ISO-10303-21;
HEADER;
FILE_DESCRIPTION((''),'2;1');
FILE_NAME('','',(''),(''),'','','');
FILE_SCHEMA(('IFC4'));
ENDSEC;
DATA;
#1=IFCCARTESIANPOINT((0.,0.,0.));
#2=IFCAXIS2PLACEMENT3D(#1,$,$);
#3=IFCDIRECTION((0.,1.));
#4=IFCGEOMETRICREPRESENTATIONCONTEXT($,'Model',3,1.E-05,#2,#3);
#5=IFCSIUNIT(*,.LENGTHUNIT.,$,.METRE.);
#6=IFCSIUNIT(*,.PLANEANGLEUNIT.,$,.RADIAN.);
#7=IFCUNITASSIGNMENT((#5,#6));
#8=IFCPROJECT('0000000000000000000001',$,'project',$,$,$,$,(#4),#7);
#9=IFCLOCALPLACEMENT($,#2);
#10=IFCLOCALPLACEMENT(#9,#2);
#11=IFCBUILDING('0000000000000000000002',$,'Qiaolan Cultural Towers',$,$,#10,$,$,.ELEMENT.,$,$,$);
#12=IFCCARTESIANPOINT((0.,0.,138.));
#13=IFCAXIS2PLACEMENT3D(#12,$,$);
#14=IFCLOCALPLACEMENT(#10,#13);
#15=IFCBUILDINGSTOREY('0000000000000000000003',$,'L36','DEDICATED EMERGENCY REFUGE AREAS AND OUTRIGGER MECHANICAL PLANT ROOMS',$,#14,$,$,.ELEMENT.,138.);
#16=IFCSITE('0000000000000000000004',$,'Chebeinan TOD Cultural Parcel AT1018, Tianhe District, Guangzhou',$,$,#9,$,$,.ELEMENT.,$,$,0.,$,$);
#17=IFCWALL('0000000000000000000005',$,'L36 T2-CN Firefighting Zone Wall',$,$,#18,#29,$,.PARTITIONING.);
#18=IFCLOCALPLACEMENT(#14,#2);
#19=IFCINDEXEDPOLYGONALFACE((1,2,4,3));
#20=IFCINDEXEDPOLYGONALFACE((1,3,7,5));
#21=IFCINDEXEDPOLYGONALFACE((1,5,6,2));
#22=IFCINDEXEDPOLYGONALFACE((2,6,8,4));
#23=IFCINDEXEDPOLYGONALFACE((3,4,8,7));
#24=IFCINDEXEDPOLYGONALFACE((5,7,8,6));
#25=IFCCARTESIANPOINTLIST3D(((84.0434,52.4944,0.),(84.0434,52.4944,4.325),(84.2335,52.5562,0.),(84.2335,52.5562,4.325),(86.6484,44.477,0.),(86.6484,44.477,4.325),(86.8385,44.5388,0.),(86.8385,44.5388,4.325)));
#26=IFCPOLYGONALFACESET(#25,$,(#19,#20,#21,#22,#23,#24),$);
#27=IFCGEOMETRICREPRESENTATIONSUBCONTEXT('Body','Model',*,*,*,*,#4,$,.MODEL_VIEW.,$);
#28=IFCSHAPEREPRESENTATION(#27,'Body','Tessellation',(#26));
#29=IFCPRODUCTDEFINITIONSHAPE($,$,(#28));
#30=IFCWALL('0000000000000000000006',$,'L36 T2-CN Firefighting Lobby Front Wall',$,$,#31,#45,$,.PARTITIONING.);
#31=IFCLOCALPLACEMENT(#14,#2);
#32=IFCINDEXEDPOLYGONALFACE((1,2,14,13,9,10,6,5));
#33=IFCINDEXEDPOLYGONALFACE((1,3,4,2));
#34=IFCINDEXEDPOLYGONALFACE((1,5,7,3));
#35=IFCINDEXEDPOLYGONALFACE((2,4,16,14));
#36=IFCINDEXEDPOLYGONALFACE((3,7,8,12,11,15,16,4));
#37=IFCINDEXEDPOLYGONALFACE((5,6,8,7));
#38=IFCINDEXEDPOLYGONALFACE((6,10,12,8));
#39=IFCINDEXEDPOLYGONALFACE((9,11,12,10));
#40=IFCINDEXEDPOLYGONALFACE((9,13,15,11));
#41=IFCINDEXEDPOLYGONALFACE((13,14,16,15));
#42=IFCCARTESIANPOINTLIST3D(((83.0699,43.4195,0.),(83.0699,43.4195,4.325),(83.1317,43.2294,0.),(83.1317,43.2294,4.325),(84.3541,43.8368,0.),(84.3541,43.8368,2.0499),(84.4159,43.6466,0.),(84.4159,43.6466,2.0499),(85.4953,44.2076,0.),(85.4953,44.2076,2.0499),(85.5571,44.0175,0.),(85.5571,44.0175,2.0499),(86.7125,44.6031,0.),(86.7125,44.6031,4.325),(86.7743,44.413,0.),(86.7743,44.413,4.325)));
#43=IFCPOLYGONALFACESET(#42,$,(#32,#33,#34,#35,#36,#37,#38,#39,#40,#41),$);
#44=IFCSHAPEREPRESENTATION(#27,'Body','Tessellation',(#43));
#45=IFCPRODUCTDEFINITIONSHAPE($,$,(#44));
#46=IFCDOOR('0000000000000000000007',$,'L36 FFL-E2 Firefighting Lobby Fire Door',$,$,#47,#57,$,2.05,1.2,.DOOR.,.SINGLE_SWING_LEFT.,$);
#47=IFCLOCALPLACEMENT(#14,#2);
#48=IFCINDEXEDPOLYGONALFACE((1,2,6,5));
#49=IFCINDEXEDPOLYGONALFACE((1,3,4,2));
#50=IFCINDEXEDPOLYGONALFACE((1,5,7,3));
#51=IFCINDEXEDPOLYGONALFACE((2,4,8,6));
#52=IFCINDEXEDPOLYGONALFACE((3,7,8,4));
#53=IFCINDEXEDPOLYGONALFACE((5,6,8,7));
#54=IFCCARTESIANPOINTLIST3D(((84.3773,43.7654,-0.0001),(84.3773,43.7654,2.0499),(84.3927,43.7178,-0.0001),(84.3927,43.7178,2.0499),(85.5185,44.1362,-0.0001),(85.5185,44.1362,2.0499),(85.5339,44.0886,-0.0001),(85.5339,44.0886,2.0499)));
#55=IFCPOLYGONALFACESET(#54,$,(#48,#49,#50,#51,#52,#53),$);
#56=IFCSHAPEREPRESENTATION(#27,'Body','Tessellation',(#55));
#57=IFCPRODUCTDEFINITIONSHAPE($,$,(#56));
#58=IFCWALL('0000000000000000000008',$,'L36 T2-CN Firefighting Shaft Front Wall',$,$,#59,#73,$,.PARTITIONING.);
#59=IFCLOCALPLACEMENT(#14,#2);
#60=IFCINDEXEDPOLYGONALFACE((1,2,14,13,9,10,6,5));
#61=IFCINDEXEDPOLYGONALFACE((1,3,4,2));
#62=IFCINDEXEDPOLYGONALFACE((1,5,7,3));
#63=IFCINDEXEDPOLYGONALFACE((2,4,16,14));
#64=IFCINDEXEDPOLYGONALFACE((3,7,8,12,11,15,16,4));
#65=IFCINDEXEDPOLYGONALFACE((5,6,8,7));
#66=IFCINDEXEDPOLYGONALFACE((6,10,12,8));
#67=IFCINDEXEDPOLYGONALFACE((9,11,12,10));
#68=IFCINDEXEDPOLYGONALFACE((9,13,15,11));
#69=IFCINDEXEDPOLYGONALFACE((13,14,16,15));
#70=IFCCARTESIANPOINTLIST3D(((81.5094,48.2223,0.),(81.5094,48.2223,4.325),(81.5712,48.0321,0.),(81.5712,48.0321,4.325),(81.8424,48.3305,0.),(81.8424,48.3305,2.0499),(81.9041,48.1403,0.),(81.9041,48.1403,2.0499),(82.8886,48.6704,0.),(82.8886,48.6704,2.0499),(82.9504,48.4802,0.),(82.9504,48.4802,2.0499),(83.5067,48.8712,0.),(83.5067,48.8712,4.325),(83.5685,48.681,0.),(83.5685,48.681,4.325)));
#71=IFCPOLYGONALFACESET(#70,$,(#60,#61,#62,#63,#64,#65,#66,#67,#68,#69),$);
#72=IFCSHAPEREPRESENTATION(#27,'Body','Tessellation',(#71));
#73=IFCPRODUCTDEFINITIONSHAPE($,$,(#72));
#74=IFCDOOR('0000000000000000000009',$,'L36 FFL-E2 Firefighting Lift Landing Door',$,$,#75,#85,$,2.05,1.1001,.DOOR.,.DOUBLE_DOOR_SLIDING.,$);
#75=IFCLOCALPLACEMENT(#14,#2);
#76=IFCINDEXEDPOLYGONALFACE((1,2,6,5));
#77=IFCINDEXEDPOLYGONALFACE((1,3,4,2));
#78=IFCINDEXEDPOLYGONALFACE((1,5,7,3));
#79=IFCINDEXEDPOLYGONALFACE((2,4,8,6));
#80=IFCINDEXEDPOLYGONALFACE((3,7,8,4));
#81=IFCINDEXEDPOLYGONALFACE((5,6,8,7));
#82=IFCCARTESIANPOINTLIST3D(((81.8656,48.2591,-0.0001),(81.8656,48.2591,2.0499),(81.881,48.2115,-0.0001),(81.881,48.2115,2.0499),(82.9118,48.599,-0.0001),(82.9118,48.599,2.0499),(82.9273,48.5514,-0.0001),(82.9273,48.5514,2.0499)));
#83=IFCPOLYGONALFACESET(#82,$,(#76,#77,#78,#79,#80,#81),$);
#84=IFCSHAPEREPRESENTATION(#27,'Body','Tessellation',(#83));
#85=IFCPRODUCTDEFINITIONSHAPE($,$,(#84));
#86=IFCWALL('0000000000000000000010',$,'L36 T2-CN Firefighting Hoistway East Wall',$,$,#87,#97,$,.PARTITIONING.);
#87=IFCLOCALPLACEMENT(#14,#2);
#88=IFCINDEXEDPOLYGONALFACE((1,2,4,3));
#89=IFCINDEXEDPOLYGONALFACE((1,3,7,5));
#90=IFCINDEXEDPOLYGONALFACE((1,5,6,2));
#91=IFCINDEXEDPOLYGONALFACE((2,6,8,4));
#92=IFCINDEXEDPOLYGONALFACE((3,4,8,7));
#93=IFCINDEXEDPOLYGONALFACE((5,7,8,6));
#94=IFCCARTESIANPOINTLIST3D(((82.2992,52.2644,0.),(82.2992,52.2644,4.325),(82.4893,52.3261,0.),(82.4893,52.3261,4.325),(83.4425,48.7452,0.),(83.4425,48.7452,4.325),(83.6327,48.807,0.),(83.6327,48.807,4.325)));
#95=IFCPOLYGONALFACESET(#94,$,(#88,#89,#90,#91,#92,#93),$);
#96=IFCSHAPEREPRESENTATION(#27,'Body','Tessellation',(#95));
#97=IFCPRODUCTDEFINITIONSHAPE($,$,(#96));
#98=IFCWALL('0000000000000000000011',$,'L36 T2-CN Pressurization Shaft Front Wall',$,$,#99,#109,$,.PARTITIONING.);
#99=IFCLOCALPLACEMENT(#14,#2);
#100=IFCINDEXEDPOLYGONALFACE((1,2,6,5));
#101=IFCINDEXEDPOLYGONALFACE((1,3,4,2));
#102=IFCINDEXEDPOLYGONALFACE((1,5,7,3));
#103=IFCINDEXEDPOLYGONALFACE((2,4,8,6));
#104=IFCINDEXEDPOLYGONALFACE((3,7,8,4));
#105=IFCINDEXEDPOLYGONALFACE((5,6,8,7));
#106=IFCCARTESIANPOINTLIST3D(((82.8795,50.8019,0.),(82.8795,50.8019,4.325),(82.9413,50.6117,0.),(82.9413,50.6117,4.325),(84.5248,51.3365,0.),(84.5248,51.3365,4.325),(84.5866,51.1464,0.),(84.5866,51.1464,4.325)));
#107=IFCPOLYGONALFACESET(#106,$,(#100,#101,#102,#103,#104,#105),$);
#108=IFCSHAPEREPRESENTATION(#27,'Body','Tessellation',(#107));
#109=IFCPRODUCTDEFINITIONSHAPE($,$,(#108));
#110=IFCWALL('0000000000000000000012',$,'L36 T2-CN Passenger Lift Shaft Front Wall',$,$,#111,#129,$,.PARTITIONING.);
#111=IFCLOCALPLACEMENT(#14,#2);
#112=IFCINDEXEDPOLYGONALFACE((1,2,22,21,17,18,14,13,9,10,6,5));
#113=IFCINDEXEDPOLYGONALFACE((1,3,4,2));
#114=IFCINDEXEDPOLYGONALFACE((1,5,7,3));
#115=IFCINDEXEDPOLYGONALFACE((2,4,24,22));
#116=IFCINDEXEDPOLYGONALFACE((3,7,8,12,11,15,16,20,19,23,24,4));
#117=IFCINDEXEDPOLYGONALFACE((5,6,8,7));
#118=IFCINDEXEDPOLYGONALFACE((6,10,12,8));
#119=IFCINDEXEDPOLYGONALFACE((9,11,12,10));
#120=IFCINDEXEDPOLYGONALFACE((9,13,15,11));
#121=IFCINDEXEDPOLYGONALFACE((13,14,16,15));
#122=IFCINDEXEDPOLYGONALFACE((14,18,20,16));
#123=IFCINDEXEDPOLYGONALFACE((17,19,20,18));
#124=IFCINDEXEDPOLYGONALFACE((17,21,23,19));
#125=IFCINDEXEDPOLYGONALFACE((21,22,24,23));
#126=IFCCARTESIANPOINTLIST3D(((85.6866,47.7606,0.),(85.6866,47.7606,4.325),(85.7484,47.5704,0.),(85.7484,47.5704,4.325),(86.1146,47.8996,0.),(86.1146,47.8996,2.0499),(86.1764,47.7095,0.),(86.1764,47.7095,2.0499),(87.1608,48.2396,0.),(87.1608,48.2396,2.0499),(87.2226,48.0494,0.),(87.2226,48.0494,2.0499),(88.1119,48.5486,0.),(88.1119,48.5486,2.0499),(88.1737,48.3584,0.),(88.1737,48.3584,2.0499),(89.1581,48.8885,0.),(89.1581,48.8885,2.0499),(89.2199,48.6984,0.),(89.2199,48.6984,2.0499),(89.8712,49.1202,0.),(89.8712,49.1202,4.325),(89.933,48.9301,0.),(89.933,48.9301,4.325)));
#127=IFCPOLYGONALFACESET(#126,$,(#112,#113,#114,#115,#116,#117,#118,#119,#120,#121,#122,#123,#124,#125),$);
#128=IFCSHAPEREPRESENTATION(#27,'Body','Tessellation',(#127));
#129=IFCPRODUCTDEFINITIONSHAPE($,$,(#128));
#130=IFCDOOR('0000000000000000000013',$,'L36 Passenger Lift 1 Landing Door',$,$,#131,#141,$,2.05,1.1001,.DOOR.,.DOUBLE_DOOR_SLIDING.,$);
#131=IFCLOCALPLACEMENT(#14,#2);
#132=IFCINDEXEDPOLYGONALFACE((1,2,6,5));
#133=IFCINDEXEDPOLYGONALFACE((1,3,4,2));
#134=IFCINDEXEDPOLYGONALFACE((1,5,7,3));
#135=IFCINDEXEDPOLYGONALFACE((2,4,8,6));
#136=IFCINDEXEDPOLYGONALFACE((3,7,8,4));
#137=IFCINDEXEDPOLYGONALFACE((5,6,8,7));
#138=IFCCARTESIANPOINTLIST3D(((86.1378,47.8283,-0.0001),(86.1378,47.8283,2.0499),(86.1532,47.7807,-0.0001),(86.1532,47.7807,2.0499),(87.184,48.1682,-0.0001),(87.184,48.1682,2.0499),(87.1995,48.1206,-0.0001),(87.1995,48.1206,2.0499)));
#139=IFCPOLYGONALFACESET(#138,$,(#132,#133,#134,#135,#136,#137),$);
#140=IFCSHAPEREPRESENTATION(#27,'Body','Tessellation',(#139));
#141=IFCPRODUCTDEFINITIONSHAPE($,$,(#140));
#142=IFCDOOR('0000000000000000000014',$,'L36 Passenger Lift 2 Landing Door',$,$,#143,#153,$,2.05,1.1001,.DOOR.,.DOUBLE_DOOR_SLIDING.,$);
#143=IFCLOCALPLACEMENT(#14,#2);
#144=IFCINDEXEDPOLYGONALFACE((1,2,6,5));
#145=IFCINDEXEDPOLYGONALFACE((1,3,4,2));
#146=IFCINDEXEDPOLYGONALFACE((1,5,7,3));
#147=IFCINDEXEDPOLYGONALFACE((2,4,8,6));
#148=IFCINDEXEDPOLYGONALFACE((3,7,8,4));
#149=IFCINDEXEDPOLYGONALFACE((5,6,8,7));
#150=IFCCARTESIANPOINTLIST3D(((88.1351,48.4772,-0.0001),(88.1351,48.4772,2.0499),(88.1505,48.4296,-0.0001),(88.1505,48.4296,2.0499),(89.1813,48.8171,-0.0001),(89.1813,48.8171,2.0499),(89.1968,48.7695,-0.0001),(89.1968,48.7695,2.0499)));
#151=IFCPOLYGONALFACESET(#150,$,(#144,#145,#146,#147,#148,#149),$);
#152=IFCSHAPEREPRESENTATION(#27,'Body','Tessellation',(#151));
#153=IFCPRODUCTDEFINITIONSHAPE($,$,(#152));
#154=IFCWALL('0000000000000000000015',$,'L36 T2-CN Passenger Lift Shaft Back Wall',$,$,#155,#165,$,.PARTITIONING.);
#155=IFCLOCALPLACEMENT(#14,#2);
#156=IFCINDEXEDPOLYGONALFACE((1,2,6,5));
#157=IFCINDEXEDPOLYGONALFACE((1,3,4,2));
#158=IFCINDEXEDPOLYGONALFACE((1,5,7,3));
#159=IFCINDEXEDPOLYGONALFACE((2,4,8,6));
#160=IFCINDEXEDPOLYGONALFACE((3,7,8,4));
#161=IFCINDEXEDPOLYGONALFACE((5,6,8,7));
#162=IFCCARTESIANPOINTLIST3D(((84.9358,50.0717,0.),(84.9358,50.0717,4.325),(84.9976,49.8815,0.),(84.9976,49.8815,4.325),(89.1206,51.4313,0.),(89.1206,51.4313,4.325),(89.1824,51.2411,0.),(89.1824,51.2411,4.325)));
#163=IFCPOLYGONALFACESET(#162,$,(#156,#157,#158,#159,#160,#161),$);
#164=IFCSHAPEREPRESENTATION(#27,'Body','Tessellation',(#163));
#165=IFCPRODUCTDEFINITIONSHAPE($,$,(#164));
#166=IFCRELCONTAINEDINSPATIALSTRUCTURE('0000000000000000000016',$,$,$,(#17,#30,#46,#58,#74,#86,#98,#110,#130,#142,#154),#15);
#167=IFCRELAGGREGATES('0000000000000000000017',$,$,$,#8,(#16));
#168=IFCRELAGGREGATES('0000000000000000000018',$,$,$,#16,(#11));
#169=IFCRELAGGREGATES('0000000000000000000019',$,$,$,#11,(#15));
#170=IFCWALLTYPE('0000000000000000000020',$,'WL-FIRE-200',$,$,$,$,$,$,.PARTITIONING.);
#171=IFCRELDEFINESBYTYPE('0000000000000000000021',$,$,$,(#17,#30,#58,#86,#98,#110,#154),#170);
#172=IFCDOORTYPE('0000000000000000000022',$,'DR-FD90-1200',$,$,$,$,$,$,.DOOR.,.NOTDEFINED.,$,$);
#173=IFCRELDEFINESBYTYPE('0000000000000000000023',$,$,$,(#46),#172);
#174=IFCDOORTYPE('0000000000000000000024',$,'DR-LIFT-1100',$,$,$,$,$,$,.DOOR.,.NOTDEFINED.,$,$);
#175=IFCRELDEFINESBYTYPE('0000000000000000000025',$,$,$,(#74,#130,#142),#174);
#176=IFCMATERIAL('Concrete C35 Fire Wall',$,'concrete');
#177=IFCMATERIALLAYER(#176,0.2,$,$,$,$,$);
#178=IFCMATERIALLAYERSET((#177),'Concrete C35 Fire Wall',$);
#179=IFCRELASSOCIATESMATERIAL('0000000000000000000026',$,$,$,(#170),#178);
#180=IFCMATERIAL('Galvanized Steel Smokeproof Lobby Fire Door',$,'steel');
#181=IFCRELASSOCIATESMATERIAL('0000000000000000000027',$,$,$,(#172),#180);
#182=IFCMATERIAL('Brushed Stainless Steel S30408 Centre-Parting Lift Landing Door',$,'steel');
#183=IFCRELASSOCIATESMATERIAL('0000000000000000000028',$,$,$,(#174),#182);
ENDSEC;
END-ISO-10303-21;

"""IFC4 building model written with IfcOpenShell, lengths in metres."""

from ifc_helpers import new_model, si_unit, direction, frame, frame_2d, origin, place, context, subcontext, project, spatial, rectangle, extrude, material, layer, layer_set, type_object, element, fill, save


model = new_model("IFC4")

# Units and contexts
model_context = context("Model", 3, precision=1e-05, world=origin(), true_north=direction((0.0, 1.0)))
body_context = subcontext(model_context, "Body", "Model", "MODEL_VIEW")
ifc_project = project(units=[si_unit("LENGTHUNIT", "METRE"), si_unit("PLANEANGLEUNIT", "RADIAN")], contexts=[model_context])

# Site, building, storey
site_placement = place(None, origin())
site = spatial("IfcSite", under=ifc_project, at=site_placement, Name="Chebeinan TOD Cultural Parcel AT1018, Tianhe District, Guangzhou", CompositionType="ELEMENT", RefElevation=0.0)
building_placement = place(site_placement, origin())
building = spatial("IfcBuilding", under=site, at=building_placement, Name="Qiaolan Cultural Towers", CompositionType="ELEMENT")
storey_placement = place(building_placement, frame((0.0, 0.0, 138.0)))
storey = spatial("IfcBuildingStorey", under=building, at=storey_placement, Name="L36", Description="DEDICATED EMERGENCY REFUGE AREAS AND OUTRIGGER MECHANICAL PLANT ROOMS", CompositionType="ELEMENT", Elevation=138.0)

# Shared definitions
ifc_material_1 = material(Name="Concrete C35 Fire Wall", Category="concrete")
ifc_layer_1 = layer(ifc_material_1, 0.2)
ifc_layer_set_1 = layer_set([ifc_layer_1], Name="Concrete C35 Fire Wall")
wall_type_1 = type_object("IfcWallType", Name="WL-FIRE-200", PredefinedType="PARTITIONING", material=ifc_layer_set_1)

# Wall
wall_1_placement = place(storey_placement, frame((86.7434, 44.5081, 0.0), z_axis=(0.0, 0.0, 1.0), x_axis=(-0.309016, 0.951057, 0.0)))
element("IfcWall", 1, at=wall_1_placement, inside=storey, type_object=wall_type_1, Name="L36 T2-CN Firefighting Zone Wall", PredefinedType="PARTITIONING", context=body_context, shape_type="SweptSolid", body=[
    extrude(rectangle(XDim=8.4299, YDim=0.2, at=frame_2d((4.2148, 0.0))), origin(), (0.0, 0.0, 1.0), 4.325),
])

# Walls, openings, doors
wall_2_placement = place(storey_placement, frame((83.1008, 43.3245, 0.0), z_axis=(0.0, 0.0, 1.0), x_axis=(0.951053, 0.309028, 0.0)))
wall_2 = element("IfcWall", 2, at=wall_2_placement, inside=storey, type_object=wall_type_1, Name="L36 T2-CN Firefighting Lobby Front Wall", PredefinedType="PARTITIONING", context=body_context, shape_type="SweptSolid", body=[
    extrude(rectangle(XDim=3.8301, YDim=0.2, at=frame_2d((1.915, 0.0))), origin(), (0.0, 0.0, 1.0), 4.325),
])
opening_1_placement = place(wall_2_placement, frame((1.3501, 0.0, 0.0)))
opening_1 = element("IfcOpeningElement", 3, at=opening_1_placement, cuts=wall_2, PredefinedType="OPENING", context=body_context, shape_type="SweptSolid", body=[
    extrude(rectangle(XDim=1.2, YDim=2.05, at=frame_2d((0.6001, 1.0249))), frame((0.0, 0.1099, 0.0), z_axis=(0.0, -1.0, 0.0), x_axis=(1.0, 0.0, 0.0)), (0.0, 0.0, 1.0), 0.22),
])
ifc_material_2 = material(Name="Galvanized Steel Smokeproof Lobby Fire Door", Category="steel")
door_type_1 = type_object("IfcDoorType", Name="DR-FD90-1200", OperationType="NOTDEFINED", PredefinedType="DOOR", material=ifc_material_2)
door_1_placement = place(opening_1_placement, origin())
door_1 = element("IfcDoor", 4, at=door_1_placement, inside=storey, type_object=door_type_1, Name="L36 FFL-E2 Firefighting Lobby Fire Door", OperationType="SINGLE_SWING_LEFT", OverallHeight=2.05, OverallWidth=1.2, PredefinedType="DOOR", context=body_context, shape_type="SweptSolid", body=[
    extrude(rectangle(XDim=1.2, YDim=2.05, at=frame_2d((0.6001, 1.0249))), frame((0.0, 0.0249, 0.0), z_axis=(0.0, -1.0, 0.0), x_axis=(1.0, 0.0, 0.0)), (0.0, 0.0, 1.0), 0.05),
])
fill(opening_1, door_1)
wall_3_placement = place(storey_placement, frame((81.5403, 48.1272, 0.0), z_axis=(0.0, 0.0, 1.0), x_axis=(0.951062, 0.308999, 0.0)))
wall_3 = element("IfcWall", 5, at=wall_3_placement, inside=storey, type_object=wall_type_1, Name="L36 T2-CN Firefighting Shaft Front Wall", PredefinedType="PARTITIONING", context=body_context, shape_type="SweptSolid", body=[
    extrude(rectangle(XDim=2.1001, YDim=0.2, at=frame_2d((1.05, 0.0))), origin(), (0.0, 0.0, 1.0), 4.325),
])
opening_2_placement = place(wall_3_placement, frame((0.3501, 0.0, 0.0)))
opening_2 = element("IfcOpeningElement", 6, at=opening_2_placement, cuts=wall_3, PredefinedType="OPENING", context=body_context, shape_type="SweptSolid", body=[
    extrude(rectangle(XDim=1.1001, YDim=2.05, at=frame_2d((0.55, 1.0249))), frame((0.0, 0.1099, 0.0), z_axis=(0.0, -1.0, 0.0), x_axis=(1.0, 0.0, 0.0)), (0.0, 0.0, 1.0), 0.22),
])
ifc_material_3 = material(Name="Brushed Stainless Steel S30408 Centre-Parting Lift Landing Door", Category="steel")
door_type_2 = type_object("IfcDoorType", Name="DR-LIFT-1100", OperationType="NOTDEFINED", PredefinedType="DOOR", material=ifc_material_3)
door_2_placement = place(opening_2_placement, origin())
door_2 = element("IfcDoor", 7, at=door_2_placement, inside=storey, type_object=door_type_2, Name="L36 FFL-E2 Firefighting Lift Landing Door", OperationType="DOUBLE_DOOR_SLIDING", OverallHeight=2.05, OverallWidth=1.1001, PredefinedType="DOOR", context=body_context, shape_type="SweptSolid", body=[
    extrude(rectangle(XDim=1.1001, YDim=2.05, at=frame_2d((0.55, 1.0249))), frame((0.0, 0.0249, 0.0), z_axis=(0.0, -1.0, 0.0), x_axis=(1.0, 0.0, 0.0)), (0.0, 0.0, 1.0), 0.05),
])
fill(opening_2, door_2)

# Walls
wall_4_placement = place(storey_placement, frame((83.5376, 48.7761, 0.0), z_axis=(0.0, 0.0, 1.0), x_axis=(-0.308994, 0.951064, 0.0)))
element("IfcWall", 8, at=wall_4_placement, inside=storey, type_object=wall_type_1, Name="L36 T2-CN Firefighting Hoistway East Wall", PredefinedType="PARTITIONING", context=body_context, shape_type="SweptSolid", body=[
    extrude(rectangle(XDim=3.7002, YDim=0.2, at=frame_2d((1.8501, 0.0))), origin(), (0.0, 0.0, 1.0), 4.325),
])
wall_5_placement = place(storey_placement, frame((82.9104, 50.7068, 0.0), z_axis=(0.0, 0.0, 1.0), x_axis=(0.951041, 0.309064, 0.0)))
element("IfcWall", 9, at=wall_5_placement, inside=storey, type_object=wall_type_1, Name="L36 T2-CN Pressurization Shaft Front Wall", PredefinedType="PARTITIONING", context=body_context, shape_type="SweptSolid", body=[
    extrude(rectangle(XDim=1.73, YDim=0.2, at=frame_2d((0.865, 0.0))), origin(), (0.0, 0.0, 1.0), 4.325),
])

# Wall, openings, doors
wall_6_placement = place(storey_placement, frame((85.7175, 47.6655, 0.0), z_axis=(0.0, 0.0, 1.0), x_axis=(0.951059, 0.309011, 0.0)))
wall_6 = element("IfcWall", 10, at=wall_6_placement, inside=storey, type_object=wall_type_1, Name="L36 T2-CN Passenger Lift Shaft Front Wall", PredefinedType="PARTITIONING", context=body_context, shape_type="SweptSolid", body=[
    extrude(rectangle(XDim=4.3999, YDim=0.2, at=frame_2d((2.2, 0.0))), origin(), (0.0, 0.0, 1.0), 4.325),
])
opening_3_placement = place(wall_6_placement, frame((0.45, 0.0, 0.0)))
opening_3 = element("IfcOpeningElement", 11, at=opening_3_placement, cuts=wall_6, PredefinedType="OPENING", context=body_context, shape_type="SweptSolid", body=[
    extrude(rectangle(XDim=1.1001, YDim=2.05, at=frame_2d((0.55, 1.0249))), frame((0.0, 0.1099, 0.0), z_axis=(0.0, -1.0, 0.0), x_axis=(1.0, 0.0, 0.0)), (0.0, 0.0, 1.0), 0.22),
])
opening_4_placement = place(wall_6_placement, frame((2.55, 0.0, 0.0)))
opening_4 = element("IfcOpeningElement", 12, at=opening_4_placement, cuts=wall_6, PredefinedType="OPENING", context=body_context, shape_type="SweptSolid", body=[
    extrude(rectangle(XDim=1.1001, YDim=2.05, at=frame_2d((0.55, 1.0249))), frame((0.0, 0.1099, 0.0), z_axis=(0.0, -1.0, 0.0), x_axis=(1.0, 0.0, 0.0)), (0.0, 0.0, 1.0), 0.22),
])
door_3_placement = place(opening_3_placement, origin())
door_3 = element("IfcDoor", 13, at=door_3_placement, inside=storey, type_object=door_type_2, Name="L36 Passenger Lift 1 Landing Door", OperationType="DOUBLE_DOOR_SLIDING", OverallHeight=2.05, OverallWidth=1.1001, PredefinedType="DOOR", context=body_context, shape_type="SweptSolid", body=[
    extrude(rectangle(XDim=1.1001, YDim=2.05, at=frame_2d((0.55, 1.0249))), frame((0.0, 0.0249, 0.0), z_axis=(0.0, -1.0, 0.0), x_axis=(1.0, 0.0, 0.0)), (0.0, 0.0, 1.0), 0.05),
])
fill(opening_3, door_3)
door_4_placement = place(opening_4_placement, origin())
door_4 = element("IfcDoor", 14, at=door_4_placement, inside=storey, type_object=door_type_2, Name="L36 Passenger Lift 2 Landing Door", OperationType="DOUBLE_DOOR_SLIDING", OverallHeight=2.05, OverallWidth=1.1001, PredefinedType="DOOR", context=body_context, shape_type="SweptSolid", body=[
    extrude(rectangle(XDim=1.1001, YDim=2.05, at=frame_2d((0.55, 1.0249))), frame((0.0, 0.0249, 0.0), z_axis=(0.0, -1.0, 0.0), x_axis=(1.0, 0.0, 0.0)), (0.0, 0.0, 1.0), 0.05),
])
fill(opening_4, door_4)

# Wall
wall_7_placement = place(storey_placement, frame((84.9666, 49.9766, 0.0), z_axis=(0.0, 0.0, 1.0), x_axis=(0.951064, 0.308994, 0.0)))
element("IfcWall", 15, at=wall_7_placement, inside=storey, type_object=wall_type_1, Name="L36 T2-CN Passenger Lift Shaft Back Wall", PredefinedType="PARTITIONING", context=body_context, shape_type="SweptSolid", body=[
    extrude(rectangle(XDim=4.4001, YDim=0.2, at=frame_2d((2.2002, 0.0))), origin(), (0.0, 0.0, 1.0), 4.325),
])

save(model, "model.ifc")
